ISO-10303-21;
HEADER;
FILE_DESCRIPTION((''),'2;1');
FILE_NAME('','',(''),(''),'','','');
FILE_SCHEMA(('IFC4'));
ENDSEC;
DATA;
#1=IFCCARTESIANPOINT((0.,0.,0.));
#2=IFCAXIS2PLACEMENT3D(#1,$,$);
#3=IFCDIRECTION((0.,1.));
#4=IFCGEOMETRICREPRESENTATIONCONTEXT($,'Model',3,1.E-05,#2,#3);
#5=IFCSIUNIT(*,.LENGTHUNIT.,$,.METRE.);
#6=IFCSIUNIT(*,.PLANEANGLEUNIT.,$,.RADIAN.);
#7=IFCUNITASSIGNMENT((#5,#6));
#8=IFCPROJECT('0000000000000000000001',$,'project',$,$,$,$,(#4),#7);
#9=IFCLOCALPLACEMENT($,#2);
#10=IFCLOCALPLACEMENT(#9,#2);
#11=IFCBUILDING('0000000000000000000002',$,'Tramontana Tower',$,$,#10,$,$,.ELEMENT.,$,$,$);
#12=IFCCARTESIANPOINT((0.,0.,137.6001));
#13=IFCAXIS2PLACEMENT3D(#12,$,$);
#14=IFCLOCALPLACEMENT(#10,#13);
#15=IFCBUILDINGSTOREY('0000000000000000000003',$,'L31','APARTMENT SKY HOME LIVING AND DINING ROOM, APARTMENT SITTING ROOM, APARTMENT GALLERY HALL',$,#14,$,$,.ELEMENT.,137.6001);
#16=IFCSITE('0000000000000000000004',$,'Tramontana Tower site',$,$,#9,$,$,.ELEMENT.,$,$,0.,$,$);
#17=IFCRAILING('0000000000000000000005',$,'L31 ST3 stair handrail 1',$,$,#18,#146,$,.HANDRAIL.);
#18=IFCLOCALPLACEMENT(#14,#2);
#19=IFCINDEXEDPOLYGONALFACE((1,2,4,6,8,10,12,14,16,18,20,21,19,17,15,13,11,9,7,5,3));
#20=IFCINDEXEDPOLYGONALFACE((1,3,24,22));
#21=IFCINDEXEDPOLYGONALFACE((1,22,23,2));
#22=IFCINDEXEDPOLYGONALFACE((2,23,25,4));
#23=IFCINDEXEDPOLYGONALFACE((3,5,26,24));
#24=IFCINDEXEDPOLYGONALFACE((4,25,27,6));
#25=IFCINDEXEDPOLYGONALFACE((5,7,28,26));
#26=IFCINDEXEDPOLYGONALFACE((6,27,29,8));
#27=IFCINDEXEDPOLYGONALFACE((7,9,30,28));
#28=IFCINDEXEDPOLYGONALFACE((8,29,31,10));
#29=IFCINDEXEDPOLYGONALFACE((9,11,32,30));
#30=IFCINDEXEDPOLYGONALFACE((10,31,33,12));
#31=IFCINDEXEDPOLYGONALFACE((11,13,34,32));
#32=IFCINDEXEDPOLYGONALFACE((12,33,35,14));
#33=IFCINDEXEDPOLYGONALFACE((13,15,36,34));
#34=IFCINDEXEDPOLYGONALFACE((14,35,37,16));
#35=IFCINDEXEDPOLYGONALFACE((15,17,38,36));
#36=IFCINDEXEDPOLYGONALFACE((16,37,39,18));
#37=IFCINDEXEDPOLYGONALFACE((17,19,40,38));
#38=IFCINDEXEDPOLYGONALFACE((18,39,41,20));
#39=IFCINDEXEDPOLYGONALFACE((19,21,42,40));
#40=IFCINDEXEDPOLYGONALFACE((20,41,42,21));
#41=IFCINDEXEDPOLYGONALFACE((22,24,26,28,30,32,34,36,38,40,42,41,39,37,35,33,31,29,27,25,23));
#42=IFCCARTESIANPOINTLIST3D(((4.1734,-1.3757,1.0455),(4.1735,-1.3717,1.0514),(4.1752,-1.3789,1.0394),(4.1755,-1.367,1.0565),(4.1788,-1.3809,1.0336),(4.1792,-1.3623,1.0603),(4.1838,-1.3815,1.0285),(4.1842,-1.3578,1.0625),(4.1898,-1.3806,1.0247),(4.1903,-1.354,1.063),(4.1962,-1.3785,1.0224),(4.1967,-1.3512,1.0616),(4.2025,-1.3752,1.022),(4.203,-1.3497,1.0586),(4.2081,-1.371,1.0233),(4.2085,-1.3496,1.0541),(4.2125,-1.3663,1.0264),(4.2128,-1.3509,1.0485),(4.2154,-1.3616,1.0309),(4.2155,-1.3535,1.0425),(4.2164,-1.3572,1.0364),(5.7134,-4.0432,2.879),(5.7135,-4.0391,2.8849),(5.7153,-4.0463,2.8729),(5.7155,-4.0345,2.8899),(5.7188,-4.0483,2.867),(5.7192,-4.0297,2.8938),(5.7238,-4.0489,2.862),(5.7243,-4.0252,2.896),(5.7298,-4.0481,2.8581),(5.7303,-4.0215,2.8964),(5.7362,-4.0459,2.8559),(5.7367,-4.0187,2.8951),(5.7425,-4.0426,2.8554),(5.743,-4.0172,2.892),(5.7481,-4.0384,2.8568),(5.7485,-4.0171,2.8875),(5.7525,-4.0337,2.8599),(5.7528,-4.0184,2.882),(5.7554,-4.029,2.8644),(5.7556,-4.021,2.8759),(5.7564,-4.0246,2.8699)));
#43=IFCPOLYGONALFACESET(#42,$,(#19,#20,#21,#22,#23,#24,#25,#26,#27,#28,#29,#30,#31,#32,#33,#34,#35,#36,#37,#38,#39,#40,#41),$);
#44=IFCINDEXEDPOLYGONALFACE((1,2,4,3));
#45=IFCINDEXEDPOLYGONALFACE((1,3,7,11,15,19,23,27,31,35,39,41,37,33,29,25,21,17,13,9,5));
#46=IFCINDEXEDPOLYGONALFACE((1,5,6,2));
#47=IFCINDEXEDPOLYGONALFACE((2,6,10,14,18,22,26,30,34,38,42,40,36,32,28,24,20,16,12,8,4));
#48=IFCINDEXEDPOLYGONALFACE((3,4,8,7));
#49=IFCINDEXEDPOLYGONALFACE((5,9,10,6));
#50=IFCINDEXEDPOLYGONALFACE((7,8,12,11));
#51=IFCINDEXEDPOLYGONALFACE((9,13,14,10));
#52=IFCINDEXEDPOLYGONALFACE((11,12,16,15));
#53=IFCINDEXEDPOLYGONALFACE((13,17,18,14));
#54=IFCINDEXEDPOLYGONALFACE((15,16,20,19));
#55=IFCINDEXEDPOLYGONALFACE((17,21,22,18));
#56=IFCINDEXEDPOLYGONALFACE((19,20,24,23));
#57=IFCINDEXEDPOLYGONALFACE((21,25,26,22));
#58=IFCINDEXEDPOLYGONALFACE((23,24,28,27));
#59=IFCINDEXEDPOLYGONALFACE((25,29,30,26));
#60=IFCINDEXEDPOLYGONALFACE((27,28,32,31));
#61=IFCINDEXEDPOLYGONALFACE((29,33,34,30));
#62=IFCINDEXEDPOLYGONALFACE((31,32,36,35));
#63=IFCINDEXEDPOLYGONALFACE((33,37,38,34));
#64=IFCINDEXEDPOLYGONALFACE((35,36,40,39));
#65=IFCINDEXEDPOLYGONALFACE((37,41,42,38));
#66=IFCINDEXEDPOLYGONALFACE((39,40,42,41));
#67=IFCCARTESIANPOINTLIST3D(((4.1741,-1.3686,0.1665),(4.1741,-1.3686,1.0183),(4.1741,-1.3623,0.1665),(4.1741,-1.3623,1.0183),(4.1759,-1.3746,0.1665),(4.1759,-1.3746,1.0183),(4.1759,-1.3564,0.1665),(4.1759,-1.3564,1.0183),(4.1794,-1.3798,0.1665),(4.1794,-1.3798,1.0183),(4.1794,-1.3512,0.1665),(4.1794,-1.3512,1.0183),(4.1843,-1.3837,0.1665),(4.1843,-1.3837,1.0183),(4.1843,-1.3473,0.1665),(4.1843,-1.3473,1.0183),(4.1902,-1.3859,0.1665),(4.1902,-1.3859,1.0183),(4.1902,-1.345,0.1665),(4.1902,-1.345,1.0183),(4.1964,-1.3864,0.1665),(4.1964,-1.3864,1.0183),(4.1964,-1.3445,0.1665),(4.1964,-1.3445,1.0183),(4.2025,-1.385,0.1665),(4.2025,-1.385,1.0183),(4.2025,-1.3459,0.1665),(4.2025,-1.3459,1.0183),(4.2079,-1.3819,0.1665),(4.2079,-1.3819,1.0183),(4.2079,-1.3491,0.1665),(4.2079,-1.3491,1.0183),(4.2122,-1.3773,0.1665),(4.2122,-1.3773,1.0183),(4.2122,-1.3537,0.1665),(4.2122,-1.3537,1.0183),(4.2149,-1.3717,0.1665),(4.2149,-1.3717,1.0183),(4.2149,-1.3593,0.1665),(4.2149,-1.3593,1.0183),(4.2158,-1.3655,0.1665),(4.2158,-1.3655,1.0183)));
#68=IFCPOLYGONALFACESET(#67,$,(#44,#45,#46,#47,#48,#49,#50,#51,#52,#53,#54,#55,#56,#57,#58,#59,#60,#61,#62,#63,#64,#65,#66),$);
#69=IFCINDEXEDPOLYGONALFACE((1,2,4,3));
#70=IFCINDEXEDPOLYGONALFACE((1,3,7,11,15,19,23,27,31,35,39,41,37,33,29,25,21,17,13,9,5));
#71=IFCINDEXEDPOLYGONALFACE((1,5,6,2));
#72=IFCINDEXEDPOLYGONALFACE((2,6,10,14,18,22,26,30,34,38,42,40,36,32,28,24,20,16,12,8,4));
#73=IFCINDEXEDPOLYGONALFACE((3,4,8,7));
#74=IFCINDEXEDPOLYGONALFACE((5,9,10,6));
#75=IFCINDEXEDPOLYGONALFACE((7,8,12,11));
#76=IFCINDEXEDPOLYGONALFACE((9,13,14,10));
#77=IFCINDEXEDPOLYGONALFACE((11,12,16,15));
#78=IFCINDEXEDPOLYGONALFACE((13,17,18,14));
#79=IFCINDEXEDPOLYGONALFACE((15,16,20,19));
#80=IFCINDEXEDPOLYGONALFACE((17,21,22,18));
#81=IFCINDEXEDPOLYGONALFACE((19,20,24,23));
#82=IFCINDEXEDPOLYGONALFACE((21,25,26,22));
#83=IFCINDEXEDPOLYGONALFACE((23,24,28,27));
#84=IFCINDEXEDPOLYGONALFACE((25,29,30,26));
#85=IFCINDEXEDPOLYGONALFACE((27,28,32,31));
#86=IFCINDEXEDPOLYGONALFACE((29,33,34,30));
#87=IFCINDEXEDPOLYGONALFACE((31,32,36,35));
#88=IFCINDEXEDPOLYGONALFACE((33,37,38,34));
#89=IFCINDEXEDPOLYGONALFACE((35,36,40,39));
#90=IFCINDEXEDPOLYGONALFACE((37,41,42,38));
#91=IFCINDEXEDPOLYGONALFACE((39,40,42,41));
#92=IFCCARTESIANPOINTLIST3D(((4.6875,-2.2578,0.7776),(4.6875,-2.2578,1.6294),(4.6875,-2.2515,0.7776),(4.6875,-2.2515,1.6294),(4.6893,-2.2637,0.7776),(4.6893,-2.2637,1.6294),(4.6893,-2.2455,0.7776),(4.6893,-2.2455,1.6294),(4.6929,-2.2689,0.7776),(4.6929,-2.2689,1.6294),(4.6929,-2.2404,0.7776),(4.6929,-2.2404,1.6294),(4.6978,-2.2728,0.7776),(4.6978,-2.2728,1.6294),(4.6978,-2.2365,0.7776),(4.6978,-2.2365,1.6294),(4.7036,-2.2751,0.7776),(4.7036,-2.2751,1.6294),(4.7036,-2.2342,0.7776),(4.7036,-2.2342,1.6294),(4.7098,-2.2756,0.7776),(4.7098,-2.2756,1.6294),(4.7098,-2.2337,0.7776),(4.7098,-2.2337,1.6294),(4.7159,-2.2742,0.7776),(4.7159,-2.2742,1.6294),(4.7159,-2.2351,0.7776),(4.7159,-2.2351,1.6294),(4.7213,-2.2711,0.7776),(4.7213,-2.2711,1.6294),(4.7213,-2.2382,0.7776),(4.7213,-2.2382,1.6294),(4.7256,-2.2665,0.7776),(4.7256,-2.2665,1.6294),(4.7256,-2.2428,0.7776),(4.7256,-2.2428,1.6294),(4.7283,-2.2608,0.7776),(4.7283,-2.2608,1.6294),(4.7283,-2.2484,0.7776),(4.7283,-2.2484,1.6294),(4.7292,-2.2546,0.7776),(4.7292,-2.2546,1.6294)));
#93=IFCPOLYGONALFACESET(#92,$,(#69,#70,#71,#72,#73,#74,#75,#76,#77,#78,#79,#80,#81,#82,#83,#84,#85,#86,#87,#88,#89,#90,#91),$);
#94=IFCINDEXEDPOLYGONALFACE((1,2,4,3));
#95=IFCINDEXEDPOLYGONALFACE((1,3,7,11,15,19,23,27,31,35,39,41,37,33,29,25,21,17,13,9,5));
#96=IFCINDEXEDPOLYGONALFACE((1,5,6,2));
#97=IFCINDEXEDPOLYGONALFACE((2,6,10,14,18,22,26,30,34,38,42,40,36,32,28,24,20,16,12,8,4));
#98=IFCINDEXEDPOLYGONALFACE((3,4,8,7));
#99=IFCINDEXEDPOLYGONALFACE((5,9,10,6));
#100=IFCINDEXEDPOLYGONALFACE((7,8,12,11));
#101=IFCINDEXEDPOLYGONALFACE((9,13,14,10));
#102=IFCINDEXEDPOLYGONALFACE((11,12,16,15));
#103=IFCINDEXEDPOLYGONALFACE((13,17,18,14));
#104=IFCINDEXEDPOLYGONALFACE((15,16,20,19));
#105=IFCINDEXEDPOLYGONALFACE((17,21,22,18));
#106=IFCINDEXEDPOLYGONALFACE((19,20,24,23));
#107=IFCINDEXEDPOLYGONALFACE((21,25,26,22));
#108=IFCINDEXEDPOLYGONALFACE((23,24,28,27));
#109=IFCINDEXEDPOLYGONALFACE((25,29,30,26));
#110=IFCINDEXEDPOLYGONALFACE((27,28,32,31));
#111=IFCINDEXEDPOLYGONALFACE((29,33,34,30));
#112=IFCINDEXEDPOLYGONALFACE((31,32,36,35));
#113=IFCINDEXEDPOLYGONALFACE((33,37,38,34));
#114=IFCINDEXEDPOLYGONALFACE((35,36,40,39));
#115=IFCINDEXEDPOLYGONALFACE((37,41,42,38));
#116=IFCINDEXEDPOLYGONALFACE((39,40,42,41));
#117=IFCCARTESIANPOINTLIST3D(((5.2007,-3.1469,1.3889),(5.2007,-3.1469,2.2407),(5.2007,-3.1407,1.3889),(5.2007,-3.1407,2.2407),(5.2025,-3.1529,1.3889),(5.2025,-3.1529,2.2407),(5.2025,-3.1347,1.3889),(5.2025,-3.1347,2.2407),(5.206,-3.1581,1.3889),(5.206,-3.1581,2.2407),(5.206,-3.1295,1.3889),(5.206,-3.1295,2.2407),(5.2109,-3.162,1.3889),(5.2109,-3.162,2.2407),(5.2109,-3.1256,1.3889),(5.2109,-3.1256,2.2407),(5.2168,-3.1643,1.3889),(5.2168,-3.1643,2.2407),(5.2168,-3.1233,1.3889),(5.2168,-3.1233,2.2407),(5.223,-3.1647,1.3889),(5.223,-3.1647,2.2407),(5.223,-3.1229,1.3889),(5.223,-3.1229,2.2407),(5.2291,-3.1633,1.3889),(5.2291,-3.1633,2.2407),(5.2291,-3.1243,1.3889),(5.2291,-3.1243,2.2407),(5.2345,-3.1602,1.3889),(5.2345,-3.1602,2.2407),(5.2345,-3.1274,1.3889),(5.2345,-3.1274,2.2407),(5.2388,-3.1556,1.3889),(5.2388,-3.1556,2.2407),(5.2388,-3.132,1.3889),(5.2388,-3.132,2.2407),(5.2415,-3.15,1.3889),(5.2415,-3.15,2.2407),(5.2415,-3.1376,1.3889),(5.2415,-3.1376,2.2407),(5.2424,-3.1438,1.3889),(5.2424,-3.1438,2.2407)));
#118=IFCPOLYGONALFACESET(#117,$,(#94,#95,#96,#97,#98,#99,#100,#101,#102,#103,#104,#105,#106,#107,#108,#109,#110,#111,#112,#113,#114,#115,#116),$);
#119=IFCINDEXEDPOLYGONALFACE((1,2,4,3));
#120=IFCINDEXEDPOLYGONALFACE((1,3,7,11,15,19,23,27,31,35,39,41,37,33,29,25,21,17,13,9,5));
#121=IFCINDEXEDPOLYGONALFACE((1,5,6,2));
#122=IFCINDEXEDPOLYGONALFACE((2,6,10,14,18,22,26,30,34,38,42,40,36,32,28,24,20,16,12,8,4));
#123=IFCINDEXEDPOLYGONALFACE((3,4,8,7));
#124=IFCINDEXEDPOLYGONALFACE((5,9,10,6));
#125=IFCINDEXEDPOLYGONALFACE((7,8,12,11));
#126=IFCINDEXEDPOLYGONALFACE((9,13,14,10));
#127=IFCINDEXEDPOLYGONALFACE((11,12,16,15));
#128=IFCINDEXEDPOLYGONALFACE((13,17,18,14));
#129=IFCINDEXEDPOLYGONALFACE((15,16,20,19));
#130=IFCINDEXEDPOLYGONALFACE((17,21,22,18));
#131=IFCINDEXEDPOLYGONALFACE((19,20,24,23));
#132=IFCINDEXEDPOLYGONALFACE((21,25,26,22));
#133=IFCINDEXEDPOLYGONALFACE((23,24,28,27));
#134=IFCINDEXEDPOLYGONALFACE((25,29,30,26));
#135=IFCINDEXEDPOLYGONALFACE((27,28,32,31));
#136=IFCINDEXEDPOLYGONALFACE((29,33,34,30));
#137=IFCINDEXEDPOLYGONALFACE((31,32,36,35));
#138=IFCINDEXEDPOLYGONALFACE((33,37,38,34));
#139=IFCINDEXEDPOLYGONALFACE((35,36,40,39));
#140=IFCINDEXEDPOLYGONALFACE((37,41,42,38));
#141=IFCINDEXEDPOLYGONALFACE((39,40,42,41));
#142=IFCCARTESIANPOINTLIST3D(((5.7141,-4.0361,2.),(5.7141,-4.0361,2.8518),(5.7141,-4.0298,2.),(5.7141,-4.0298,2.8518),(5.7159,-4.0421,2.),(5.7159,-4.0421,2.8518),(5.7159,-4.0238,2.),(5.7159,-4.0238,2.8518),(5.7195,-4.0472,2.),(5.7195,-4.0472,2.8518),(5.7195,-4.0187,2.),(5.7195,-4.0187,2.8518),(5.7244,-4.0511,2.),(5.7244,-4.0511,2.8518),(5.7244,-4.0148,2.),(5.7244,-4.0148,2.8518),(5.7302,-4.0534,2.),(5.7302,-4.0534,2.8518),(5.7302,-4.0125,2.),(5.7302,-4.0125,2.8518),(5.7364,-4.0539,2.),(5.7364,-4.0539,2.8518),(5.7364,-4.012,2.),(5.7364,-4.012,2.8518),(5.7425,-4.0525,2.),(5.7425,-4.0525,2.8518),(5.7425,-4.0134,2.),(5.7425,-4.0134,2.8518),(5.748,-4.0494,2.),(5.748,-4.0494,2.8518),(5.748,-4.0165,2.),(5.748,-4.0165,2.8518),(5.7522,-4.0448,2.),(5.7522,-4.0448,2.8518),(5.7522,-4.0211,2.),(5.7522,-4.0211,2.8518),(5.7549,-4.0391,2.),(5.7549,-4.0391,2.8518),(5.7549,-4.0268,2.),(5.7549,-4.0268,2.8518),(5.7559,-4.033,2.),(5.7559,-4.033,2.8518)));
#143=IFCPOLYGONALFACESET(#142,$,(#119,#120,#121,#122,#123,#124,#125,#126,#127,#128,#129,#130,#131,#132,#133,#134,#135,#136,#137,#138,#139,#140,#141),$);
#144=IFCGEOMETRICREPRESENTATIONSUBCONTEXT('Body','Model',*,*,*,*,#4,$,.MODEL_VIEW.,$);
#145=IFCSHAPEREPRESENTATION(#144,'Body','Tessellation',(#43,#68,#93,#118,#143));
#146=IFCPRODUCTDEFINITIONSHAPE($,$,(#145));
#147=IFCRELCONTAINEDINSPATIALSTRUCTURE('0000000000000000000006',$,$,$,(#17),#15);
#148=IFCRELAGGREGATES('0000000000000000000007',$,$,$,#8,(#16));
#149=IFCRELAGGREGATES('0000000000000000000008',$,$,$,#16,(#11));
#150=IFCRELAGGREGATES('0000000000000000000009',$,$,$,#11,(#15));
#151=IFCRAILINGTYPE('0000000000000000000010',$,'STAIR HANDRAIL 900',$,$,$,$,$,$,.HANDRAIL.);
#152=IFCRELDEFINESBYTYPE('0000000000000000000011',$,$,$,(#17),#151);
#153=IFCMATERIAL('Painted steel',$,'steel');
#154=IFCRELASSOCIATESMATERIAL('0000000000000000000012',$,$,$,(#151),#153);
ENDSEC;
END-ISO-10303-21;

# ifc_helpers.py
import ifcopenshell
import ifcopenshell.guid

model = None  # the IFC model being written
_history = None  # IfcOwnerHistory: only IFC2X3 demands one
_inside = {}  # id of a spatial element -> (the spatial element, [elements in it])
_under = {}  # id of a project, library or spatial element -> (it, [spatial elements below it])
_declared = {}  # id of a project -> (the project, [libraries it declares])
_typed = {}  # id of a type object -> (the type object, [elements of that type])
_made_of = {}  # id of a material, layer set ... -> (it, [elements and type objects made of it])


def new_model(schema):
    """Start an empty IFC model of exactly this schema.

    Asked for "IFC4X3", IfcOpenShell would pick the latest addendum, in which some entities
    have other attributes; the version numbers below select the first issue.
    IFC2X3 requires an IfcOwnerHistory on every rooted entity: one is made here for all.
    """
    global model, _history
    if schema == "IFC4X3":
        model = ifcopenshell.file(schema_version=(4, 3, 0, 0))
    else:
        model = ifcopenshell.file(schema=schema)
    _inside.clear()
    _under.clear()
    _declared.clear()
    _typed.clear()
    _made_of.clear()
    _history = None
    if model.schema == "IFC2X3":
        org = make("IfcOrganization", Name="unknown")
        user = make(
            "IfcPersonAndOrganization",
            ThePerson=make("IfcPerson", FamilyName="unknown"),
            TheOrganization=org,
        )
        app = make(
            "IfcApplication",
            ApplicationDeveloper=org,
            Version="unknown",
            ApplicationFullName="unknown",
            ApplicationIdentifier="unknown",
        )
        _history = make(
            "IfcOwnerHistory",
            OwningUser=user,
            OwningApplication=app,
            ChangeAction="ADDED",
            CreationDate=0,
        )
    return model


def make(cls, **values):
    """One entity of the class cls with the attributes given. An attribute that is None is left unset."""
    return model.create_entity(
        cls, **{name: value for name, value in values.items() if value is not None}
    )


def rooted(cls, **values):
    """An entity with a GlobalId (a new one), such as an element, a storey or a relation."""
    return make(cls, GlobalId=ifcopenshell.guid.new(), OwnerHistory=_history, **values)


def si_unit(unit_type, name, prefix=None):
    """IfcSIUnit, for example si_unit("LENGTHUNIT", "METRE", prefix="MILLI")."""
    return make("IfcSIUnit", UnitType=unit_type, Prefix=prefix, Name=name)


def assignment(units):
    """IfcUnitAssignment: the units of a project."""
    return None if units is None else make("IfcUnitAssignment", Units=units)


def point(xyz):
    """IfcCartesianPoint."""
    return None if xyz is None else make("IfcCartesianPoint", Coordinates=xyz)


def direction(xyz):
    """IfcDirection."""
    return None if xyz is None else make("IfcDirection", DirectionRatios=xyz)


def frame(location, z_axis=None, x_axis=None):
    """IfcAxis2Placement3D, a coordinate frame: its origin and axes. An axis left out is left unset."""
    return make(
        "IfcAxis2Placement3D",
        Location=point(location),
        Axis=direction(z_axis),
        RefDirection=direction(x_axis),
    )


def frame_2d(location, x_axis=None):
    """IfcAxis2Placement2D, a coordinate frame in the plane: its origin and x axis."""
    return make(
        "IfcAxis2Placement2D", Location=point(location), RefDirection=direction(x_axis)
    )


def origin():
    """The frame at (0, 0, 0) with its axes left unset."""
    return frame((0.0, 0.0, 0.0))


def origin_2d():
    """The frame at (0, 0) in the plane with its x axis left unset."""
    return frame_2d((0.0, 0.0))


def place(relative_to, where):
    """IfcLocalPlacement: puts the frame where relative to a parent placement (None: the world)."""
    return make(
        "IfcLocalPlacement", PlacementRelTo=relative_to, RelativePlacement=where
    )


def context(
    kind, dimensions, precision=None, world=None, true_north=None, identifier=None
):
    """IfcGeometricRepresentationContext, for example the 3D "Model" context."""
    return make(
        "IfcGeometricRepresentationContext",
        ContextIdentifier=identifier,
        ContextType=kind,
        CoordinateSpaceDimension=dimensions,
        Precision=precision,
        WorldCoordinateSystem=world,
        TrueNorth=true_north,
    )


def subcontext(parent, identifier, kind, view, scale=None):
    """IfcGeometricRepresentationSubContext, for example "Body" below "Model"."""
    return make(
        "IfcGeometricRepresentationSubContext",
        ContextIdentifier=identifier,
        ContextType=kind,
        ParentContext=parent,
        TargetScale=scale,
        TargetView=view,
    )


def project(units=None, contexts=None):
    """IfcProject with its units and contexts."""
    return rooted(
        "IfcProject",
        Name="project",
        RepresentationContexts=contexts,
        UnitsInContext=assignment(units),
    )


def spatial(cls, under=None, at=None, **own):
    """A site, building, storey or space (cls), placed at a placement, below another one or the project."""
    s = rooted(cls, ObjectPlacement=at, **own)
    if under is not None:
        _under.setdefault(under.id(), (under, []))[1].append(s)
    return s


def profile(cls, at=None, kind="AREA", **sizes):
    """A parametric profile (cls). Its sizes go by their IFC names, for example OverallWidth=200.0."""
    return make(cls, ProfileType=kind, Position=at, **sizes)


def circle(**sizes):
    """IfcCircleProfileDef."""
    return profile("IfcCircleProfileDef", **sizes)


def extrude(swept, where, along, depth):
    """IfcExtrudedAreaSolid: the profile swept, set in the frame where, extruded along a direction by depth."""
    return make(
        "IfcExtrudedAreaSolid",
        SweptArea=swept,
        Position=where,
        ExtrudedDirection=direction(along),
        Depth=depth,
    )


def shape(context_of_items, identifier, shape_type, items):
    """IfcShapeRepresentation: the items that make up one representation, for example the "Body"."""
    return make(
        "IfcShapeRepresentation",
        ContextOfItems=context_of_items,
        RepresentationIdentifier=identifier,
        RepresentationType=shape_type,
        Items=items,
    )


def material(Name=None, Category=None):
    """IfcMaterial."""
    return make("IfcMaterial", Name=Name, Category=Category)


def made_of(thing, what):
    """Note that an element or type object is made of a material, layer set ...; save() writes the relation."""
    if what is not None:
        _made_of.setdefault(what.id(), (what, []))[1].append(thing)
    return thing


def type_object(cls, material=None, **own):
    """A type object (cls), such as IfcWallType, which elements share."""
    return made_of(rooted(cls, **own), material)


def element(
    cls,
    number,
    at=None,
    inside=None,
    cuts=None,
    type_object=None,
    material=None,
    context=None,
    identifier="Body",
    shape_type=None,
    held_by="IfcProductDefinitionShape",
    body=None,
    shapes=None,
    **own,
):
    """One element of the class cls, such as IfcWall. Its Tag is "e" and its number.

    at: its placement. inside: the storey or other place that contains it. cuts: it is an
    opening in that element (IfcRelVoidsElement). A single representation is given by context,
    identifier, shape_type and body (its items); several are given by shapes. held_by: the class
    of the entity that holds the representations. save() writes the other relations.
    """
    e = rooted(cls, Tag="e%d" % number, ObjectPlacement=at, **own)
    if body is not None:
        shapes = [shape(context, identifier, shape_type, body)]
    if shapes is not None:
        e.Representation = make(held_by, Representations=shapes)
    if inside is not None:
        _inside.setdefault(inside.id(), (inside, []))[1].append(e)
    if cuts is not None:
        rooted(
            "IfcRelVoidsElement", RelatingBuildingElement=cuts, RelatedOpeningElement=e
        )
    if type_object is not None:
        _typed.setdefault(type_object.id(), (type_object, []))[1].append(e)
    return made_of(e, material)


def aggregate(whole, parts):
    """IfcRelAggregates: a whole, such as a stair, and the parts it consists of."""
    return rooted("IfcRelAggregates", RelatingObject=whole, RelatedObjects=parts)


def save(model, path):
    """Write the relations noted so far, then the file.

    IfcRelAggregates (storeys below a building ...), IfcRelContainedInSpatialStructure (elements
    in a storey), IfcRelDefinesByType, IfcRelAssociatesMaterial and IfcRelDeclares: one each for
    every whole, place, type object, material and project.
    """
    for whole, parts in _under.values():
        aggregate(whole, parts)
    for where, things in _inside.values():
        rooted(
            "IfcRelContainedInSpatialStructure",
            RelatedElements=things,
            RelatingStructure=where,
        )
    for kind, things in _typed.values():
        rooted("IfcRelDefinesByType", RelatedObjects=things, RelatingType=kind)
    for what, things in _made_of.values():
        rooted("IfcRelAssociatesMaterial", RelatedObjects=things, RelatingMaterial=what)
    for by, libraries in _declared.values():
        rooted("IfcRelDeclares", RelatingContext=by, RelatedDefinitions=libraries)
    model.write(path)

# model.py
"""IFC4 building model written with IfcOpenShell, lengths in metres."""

from ifc_helpers import new_model, si_unit, direction, frame, origin, origin_2d, place, context, subcontext, project, spatial, circle, extrude, material, type_object, element, save


model = new_model("IFC4")

# Units and contexts
model_context = context("Model", 3, precision=1e-05, world=origin(), true_north=direction((0.0, 1.0)))
body_context = subcontext(model_context, "Body", "Model", "MODEL_VIEW")
ifc_project = project(units=[si_unit("LENGTHUNIT", "METRE"), si_unit("PLANEANGLEUNIT", "RADIAN")], contexts=[model_context])

# Site, building, storey
site_placement = place(None, origin())
site = spatial("IfcSite", under=ifc_project, at=site_placement, Name="Tramontana Tower site", CompositionType="ELEMENT", RefElevation=0.0)
building_placement = place(site_placement, origin())
building = spatial("IfcBuilding", under=site, at=building_placement, Name="Tramontana Tower", CompositionType="ELEMENT")
storey_placement = place(building_placement, frame((0.0, 0.0, 137.6001)))
storey = spatial("IfcBuildingStorey", under=building, at=storey_placement, Name="L31", Description="APARTMENT SKY HOME LIVING AND DINING ROOM, APARTMENT SITTING ROOM, APARTMENT GALLERY HALL", CompositionType="ELEMENT", Elevation=137.6001)

# Railing
ifc_material_1 = material(Name="Painted steel", Category="steel")
railing_type_1 = type_object("IfcRailingType", Name="STAIR HANDRAIL 900", PredefinedType="HANDRAIL", material=ifc_material_1)
railing_1_placement = place(storey_placement, frame((4.1948, -1.3655, 0.1665)))
element("IfcRailing", 1, at=railing_1_placement, inside=storey, type_object=railing_type_1, Name="L31 ST3 stair handrail 1", PredefinedType="HANDRAIL", context=body_context, shape_type="SweptSolid", body=[
    extrude(circle(Radius=0.0239, at=origin_2d()), frame((0.0, 0.0, 0.876), z_axis=(0.429634, -0.744164, 0.511502), x_axis=(0.86603, 0.499992, 0.0)), (0.0, 0.0, 1.0), 3.5845),
    extrude(circle(Radius=0.021, at=origin_2d()), origin(), (0.0, 0.0, 1.0), 0.8518),
    extrude(circle(Radius=0.021, at=origin_2d()), frame((0.5134, -0.8892, 0.6111)), (0.0, 0.0, 1.0), 0.8518),
    extrude(circle(Radius=0.021, at=origin_2d()), frame((1.0266, -1.7783, 1.2224)), (0.0, 0.0, 1.0), 0.8518),
    extrude(circle(Radius=0.021, at=origin_2d()), frame((1.54, -2.6675, 1.8335)), (0.0, 0.0, 1.0), 0.8518),
])

save(model, "model.ifc")
